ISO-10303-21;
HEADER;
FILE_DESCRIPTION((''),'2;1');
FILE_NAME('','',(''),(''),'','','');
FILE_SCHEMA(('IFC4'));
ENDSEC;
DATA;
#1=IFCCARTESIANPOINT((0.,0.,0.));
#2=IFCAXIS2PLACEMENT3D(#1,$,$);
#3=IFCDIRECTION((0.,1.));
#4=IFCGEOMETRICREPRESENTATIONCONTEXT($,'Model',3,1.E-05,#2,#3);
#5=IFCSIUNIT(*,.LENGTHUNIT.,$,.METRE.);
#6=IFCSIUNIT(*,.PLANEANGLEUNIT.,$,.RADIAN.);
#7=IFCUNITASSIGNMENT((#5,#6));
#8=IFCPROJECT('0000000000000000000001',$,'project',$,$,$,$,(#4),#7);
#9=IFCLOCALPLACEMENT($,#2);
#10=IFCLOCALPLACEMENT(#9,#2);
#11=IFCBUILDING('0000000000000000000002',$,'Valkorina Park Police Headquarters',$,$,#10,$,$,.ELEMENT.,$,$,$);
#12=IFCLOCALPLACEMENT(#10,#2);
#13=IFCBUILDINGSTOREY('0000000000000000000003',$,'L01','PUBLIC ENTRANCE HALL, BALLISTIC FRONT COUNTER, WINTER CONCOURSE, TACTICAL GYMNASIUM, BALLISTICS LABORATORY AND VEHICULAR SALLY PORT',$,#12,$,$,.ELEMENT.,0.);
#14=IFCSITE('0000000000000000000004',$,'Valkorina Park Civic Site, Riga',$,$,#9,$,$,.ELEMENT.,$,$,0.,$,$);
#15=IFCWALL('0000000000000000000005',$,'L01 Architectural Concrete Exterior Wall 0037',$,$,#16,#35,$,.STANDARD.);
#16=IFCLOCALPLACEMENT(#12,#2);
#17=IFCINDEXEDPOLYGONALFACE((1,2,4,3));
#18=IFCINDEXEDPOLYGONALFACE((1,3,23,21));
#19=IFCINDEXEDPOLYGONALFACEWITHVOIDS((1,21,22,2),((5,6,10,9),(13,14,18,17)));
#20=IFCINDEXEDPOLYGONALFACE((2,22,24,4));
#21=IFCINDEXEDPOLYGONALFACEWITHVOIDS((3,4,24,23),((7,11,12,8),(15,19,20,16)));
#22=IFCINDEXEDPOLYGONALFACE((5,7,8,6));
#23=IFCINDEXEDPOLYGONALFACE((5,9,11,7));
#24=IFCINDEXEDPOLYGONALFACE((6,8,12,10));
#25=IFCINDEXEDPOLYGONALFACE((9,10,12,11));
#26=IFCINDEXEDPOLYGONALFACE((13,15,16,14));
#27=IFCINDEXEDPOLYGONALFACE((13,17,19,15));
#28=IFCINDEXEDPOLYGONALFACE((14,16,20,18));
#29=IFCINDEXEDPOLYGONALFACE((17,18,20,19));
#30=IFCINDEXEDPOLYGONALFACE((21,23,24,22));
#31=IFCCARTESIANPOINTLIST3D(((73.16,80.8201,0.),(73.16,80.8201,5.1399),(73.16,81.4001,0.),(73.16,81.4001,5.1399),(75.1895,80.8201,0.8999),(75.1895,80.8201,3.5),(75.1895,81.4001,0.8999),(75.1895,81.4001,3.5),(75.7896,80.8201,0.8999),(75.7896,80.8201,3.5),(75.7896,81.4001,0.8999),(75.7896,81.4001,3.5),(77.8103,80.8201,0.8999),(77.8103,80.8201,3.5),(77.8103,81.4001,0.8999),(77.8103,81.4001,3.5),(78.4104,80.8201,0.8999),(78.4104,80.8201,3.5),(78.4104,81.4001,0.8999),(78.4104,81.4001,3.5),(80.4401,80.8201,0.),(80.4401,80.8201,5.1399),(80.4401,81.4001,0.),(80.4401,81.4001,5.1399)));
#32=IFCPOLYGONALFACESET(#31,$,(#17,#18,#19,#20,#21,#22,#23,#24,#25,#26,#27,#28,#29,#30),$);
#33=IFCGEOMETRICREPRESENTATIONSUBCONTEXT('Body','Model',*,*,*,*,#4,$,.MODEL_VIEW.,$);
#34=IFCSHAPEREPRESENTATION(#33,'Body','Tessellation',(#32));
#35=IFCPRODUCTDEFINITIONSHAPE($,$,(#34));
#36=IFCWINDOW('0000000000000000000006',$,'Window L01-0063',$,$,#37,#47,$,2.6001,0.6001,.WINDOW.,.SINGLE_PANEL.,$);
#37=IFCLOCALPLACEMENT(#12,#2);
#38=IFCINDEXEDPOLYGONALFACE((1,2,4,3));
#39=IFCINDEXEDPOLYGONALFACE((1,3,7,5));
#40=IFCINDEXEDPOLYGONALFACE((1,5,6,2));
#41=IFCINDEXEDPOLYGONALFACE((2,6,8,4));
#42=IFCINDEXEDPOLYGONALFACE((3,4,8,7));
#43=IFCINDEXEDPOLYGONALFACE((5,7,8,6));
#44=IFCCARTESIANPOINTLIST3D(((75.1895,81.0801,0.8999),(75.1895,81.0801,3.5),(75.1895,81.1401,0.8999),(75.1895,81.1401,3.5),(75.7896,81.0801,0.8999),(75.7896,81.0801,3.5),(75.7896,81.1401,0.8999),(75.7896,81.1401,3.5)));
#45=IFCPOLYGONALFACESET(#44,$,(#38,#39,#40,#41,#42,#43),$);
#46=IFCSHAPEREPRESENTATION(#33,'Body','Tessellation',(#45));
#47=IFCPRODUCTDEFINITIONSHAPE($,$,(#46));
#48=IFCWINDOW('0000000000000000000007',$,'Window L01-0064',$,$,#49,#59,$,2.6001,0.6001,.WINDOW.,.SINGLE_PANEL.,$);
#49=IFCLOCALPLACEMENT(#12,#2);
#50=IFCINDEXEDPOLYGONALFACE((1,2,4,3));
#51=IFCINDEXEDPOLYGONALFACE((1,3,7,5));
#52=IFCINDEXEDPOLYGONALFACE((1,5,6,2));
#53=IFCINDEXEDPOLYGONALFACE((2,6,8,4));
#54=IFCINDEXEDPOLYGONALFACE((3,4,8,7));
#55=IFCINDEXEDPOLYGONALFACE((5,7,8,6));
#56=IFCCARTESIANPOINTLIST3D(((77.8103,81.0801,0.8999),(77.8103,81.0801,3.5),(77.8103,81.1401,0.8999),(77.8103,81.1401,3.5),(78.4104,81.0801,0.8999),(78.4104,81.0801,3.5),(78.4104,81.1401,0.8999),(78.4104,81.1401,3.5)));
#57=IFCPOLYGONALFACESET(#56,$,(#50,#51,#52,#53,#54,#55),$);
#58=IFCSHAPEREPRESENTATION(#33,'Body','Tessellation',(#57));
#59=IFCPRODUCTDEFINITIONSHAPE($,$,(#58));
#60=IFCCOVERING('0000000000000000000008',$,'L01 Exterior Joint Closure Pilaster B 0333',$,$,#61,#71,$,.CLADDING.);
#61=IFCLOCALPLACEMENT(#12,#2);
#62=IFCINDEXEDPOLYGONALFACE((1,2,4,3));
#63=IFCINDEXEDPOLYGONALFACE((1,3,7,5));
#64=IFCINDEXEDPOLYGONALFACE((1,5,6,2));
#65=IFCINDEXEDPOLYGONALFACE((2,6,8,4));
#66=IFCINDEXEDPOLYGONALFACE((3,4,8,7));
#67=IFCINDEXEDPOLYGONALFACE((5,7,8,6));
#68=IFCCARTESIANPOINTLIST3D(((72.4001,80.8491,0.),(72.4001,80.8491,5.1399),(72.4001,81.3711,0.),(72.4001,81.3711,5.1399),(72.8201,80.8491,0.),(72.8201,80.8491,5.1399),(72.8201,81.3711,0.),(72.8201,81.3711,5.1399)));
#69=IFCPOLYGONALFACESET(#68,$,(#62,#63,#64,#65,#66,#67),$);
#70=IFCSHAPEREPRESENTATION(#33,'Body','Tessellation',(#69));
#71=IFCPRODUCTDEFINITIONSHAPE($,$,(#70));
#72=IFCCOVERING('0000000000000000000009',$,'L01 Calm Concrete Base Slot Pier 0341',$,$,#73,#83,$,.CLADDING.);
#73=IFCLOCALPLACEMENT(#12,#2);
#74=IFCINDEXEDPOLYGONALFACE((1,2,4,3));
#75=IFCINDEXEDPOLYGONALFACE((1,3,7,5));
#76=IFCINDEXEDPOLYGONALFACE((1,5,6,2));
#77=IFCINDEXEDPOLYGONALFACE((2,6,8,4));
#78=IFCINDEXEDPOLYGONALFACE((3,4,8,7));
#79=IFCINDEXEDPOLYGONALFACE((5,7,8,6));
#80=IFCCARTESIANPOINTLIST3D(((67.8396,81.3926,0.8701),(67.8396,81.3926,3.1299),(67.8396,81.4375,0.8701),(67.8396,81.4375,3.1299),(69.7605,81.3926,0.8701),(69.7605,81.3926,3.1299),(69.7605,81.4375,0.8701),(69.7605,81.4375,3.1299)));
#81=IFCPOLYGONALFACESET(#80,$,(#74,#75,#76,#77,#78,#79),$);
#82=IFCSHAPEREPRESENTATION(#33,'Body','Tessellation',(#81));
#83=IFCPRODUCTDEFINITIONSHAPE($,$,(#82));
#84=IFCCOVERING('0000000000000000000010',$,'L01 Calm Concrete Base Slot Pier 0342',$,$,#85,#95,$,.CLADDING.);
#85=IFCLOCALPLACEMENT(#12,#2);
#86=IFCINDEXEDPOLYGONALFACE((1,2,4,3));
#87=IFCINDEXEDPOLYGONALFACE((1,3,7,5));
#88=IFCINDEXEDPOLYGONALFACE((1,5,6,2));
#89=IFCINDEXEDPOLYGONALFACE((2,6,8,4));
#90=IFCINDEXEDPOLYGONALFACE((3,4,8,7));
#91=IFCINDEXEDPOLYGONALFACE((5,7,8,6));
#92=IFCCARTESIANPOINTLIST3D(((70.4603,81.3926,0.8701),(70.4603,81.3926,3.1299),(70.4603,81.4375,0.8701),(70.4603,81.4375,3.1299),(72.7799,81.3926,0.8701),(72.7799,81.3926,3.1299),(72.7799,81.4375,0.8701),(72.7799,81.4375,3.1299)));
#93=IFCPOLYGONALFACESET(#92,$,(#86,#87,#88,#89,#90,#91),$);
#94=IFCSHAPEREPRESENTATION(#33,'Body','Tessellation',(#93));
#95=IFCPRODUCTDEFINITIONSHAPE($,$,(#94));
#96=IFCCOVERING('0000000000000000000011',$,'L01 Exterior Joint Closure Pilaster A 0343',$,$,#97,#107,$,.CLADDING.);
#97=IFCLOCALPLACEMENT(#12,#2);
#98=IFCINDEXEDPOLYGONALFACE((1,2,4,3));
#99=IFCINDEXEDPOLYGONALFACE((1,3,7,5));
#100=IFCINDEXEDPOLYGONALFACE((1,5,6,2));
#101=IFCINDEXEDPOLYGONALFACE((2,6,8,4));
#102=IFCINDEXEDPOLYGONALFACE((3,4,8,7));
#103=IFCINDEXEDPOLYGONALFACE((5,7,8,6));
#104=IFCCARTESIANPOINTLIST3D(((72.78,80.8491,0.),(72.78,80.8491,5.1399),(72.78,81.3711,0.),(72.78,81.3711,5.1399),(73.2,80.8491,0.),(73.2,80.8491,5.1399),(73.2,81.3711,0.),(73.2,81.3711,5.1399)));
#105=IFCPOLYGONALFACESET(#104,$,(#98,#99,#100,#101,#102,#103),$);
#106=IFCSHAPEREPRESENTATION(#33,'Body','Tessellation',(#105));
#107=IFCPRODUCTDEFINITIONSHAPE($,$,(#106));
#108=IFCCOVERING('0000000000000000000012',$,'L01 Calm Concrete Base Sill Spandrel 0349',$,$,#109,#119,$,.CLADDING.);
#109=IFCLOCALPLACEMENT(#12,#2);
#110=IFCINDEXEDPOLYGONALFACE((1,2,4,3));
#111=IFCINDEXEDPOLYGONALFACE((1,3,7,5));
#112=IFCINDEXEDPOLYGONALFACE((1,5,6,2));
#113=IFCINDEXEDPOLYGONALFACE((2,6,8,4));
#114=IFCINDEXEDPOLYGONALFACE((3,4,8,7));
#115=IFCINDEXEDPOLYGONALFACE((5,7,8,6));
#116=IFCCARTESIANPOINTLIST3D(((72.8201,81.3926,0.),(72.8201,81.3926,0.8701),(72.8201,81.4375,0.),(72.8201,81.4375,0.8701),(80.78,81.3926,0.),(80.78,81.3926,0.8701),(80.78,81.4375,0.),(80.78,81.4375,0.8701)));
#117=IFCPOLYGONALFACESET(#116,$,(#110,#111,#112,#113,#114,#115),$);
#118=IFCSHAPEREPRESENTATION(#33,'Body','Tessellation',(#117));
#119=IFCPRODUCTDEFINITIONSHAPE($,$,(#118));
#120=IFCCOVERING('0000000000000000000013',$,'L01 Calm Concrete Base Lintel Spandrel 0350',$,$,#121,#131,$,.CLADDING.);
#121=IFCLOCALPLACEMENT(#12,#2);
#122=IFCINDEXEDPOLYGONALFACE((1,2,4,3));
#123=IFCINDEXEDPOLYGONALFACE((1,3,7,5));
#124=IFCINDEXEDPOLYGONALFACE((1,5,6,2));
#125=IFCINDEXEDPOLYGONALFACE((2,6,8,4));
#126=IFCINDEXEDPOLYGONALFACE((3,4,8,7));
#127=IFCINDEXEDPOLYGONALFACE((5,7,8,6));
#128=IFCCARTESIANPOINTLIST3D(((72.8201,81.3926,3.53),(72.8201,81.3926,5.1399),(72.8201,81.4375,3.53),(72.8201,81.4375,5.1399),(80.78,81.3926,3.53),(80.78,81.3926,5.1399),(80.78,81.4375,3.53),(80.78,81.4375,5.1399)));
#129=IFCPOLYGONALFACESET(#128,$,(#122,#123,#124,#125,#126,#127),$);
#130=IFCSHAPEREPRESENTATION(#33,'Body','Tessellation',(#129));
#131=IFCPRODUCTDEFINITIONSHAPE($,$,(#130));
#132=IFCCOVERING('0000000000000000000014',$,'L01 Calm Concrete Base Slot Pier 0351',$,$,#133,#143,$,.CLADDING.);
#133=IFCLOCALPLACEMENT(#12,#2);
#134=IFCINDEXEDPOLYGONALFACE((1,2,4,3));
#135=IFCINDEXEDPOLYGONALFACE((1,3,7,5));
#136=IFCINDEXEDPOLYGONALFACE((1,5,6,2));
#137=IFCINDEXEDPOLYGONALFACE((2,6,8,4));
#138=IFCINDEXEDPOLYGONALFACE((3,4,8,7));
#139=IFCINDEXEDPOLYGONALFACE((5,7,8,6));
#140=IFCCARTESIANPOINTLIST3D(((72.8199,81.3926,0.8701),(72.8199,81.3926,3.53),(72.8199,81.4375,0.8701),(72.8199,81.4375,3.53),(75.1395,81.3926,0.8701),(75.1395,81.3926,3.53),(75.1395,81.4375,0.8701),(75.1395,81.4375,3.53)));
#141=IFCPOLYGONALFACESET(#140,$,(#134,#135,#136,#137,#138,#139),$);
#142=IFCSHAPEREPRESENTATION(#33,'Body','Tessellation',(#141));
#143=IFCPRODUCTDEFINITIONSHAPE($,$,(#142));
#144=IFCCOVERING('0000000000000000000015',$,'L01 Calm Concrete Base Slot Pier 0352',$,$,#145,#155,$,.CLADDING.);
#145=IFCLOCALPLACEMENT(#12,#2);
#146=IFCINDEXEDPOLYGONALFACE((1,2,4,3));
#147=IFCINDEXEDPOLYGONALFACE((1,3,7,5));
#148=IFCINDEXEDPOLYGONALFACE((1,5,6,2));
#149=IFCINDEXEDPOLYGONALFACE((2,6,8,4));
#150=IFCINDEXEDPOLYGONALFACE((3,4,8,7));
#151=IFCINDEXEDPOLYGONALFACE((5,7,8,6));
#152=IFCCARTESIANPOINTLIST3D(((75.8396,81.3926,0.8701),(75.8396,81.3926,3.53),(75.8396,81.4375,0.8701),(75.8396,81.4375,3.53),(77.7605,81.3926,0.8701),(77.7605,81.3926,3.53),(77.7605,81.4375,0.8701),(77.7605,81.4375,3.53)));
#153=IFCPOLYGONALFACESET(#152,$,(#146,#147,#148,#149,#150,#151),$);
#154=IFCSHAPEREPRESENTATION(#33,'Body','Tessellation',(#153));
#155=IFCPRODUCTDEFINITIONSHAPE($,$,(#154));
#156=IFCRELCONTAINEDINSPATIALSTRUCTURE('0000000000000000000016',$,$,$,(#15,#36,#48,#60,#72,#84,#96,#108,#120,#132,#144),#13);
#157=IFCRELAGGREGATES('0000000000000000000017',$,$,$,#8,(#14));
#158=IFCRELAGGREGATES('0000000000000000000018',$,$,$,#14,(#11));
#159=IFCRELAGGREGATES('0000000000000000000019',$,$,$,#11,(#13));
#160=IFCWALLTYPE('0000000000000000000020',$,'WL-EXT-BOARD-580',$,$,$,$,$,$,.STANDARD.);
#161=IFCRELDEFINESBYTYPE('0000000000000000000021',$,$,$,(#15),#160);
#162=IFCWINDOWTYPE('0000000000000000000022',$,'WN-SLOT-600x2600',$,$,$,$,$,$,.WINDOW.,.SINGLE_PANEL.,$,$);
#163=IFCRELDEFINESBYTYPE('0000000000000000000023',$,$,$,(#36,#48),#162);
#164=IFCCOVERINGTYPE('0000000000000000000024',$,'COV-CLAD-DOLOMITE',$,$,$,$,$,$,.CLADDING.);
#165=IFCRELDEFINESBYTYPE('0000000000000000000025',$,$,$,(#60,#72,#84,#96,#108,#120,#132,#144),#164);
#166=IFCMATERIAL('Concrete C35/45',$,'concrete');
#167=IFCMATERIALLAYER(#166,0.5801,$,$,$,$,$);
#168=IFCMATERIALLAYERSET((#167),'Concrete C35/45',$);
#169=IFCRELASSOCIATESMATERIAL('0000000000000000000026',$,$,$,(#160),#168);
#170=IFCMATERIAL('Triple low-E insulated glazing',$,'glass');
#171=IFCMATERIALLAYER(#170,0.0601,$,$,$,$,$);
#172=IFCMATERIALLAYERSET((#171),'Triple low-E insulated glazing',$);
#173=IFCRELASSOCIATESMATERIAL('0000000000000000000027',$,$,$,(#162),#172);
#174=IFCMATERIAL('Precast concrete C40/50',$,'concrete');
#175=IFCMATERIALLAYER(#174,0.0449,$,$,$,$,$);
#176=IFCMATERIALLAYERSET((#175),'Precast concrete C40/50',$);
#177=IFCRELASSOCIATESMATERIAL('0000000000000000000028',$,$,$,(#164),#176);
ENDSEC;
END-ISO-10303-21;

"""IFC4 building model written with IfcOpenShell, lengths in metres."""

from ifc_helpers import new_model, si_unit, direction, frame, frame_2d, origin, origin_2d, place, context, subcontext, project, spatial, rectangle, extrude, material, layer, layer_set, type_object, element, fill, save


model = new_model("IFC4")

# Units and contexts
model_context = context("Model", 3, precision=1e-05, world=origin(), true_north=direction((0.0, 1.0)))
body_context = subcontext(model_context, "Body", "Model", "MODEL_VIEW")
ifc_project = project(units=[si_unit("LENGTHUNIT", "METRE"), si_unit("PLANEANGLEUNIT", "RADIAN")], contexts=[model_context])

# Site, building, storey
site_placement = place(None, origin())
site = spatial("IfcSite", under=ifc_project, at=site_placement, Name="Valkorina Park Civic Site, Riga", CompositionType="ELEMENT", RefElevation=0.0)
building_placement = place(site_placement, origin())
building = spatial("IfcBuilding", under=site, at=building_placement, Name="Valkorina Park Police Headquarters", CompositionType="ELEMENT")
storey_placement = place(building_placement, origin())
storey = spatial("IfcBuildingStorey", under=building, at=storey_placement, Name="L01", Description="PUBLIC ENTRANCE HALL, BALLISTIC FRONT COUNTER, WINTER CONCOURSE, TACTICAL GYMNASIUM, BALLISTICS LABORATORY AND VEHICULAR SALLY PORT", CompositionType="ELEMENT", Elevation=0.0)

# Wall, openings, windows
ifc_material_1 = material(Name="Concrete C35/45", Category="concrete")
ifc_layer_1 = layer(ifc_material_1, 0.5801)
ifc_layer_set_1 = layer_set([ifc_layer_1], Name="Concrete C35/45")
wall_type = type_object("IfcWallType", Name="WL-EXT-BOARD-580", PredefinedType="STANDARD", material=ifc_layer_set_1)
ifc_material_2 = material(Name="Triple low-E insulated glazing", Category="glass")
wall_1_placement = place(storey_placement, frame((73.1599, 81.1101, 0.0), z_axis=(0.0, 0.0, 1.0), x_axis=(1.0, 0.0, 0.0)))
wall_1 = element("IfcWall", 1, at=wall_1_placement, inside=storey, type_object=wall_type, Name="L01 Architectural Concrete Exterior Wall 0037", PredefinedType="STANDARD", context=body_context, shape_type="SweptSolid", body=[
    extrude(rectangle(XDim=7.28, YDim=0.5801, at=frame_2d((3.6401, 0.0))), origin(), (0.0, 0.0, 1.0), 5.1399),
])
opening_1_placement = place(wall_1_placement, frame((2.0295, 0.0, 0.8999)))
opening_1 = element("IfcOpeningElement", 2, at=opening_1_placement, cuts=wall_1, PredefinedType="OPENING", context=body_context, shape_type="SweptSolid", body=[
    extrude(rectangle(XDim=0.6001, YDim=2.6001, at=frame_2d((0.3, 1.3))), frame((0.0, 0.3, 0.0), z_axis=(0.0, -1.0, 0.0), x_axis=(1.0, 0.0, 0.0)), (0.0, 0.0, 1.0), 0.6001),
])
opening_2_placement = place(wall_1_placement, frame((4.6504, 0.0, 0.8999)))
opening_2 = element("IfcOpeningElement", 3, at=opening_2_placement, cuts=wall_1, PredefinedType="OPENING", context=body_context, shape_type="SweptSolid", body=[
    extrude(rectangle(XDim=0.6001, YDim=2.6001, at=frame_2d((0.3, 1.3))), frame((0.0, 0.3, 0.0), z_axis=(0.0, -1.0, 0.0), x_axis=(1.0, 0.0, 0.0)), (0.0, 0.0, 1.0), 0.6001),
])
ifc_layer_2 = layer(ifc_material_2, 0.0601)
ifc_layer_set_2 = layer_set([ifc_layer_2], Name="Triple low-E insulated glazing")
window_type_1 = type_object("IfcWindowType", Name="WN-SLOT-600x2600", PartitioningType="SINGLE_PANEL", PredefinedType="WINDOW", material=ifc_layer_set_2)
window_1_placement = place(opening_1_placement, origin())
window_1 = element("IfcWindow", 4, at=window_1_placement, inside=storey, type_object=window_type_1, Name="Window L01-0063", OverallHeight=2.6001, OverallWidth=0.6001, PartitioningType="SINGLE_PANEL", PredefinedType="WINDOW", context=body_context, shape_type="SweptSolid", body=[
    extrude(rectangle(XDim=0.6001, YDim=2.6001, at=frame_2d((0.3, 1.3))), frame((0.0, 0.03, 0.0), z_axis=(0.0, -1.0, 0.0), x_axis=(1.0, 0.0, 0.0)), (0.0, 0.0, 1.0), 0.0601),
])
fill(opening_1, window_1)
window_2_placement = place(opening_2_placement, origin())
window_2 = element("IfcWindow", 5, at=window_2_placement, inside=storey, type_object=window_type_1, Name="Window L01-0064", OverallHeight=2.6001, OverallWidth=0.6001, PartitioningType="SINGLE_PANEL", PredefinedType="WINDOW", context=body_context, shape_type="SweptSolid", body=[
    extrude(rectangle(XDim=0.6001, YDim=2.6001, at=frame_2d((0.3, 1.3))), frame((0.0, 0.03, 0.0), z_axis=(0.0, -1.0, 0.0), x_axis=(1.0, 0.0, 0.0)), (0.0, 0.0, 1.0), 0.0601),
])
fill(opening_2, window_2)

# Coverings
ifc_material_3 = material(Name="Precast concrete C40/50", Category="concrete")
ifc_layer_3 = layer(ifc_material_3, 0.0449)
ifc_layer_set_3 = layer_set([ifc_layer_3], Name="Precast concrete C40/50")
covering_type = type_object("IfcCoveringType", Name="COV-CLAD-DOLOMITE", PredefinedType="CLADDING", material=ifc_layer_set_3)
covering_1_placement = place(storey_placement, frame((72.6101, 81.1101, 0.0), z_axis=(0.0, 0.0, 1.0), x_axis=(1.0, 0.0, 0.0)))
element("IfcCovering", 6, at=covering_1_placement, inside=storey, type_object=covering_type, Name="L01 Exterior Joint Closure Pilaster B 0333", PredefinedType="CLADDING", context=body_context, shape_type="SweptSolid", body=[
    extrude(rectangle(XDim=0.4199, YDim=0.522, at=origin_2d()), origin(), (0.0, 0.0, 1.0), 5.1399),
])
covering_2_placement = place(storey_placement, frame((67.8396, 81.415, 0.8701), z_axis=(0.0, 0.0, 1.0), x_axis=(1.0, 0.0, 0.0)))
element("IfcCovering", 7, at=covering_2_placement, inside=storey, type_object=covering_type, Name="L01 Calm Concrete Base Slot Pier 0341", PredefinedType="CLADDING", context=body_context, shape_type="SweptSolid", body=[
    extrude(rectangle(XDim=1.9209, YDim=0.0449, at=frame_2d((0.9604, 0.0))), origin(), (0.0, 0.0, 1.0), 2.2598),
])
covering_3_placement = place(storey_placement, frame((70.4604, 81.415, 0.8701), z_axis=(0.0, 0.0, 1.0), x_axis=(1.0, 0.0, 0.0)))
element("IfcCovering", 8, at=covering_3_placement, inside=storey, type_object=covering_type, Name="L01 Calm Concrete Base Slot Pier 0342", PredefinedType="CLADDING", context=body_context, shape_type="SweptSolid", body=[
    extrude(rectangle(XDim=2.3196, YDim=0.0449, at=frame_2d((1.1597, 0.0))), origin(), (0.0, 0.0, 1.0), 2.2598),
])
covering_4_placement = place(storey_placement, frame((72.99, 81.1101, 0.0), z_axis=(0.0, 0.0, 1.0), x_axis=(1.0, 0.0, 0.0)))
element("IfcCovering", 9, at=covering_4_placement, inside=storey, type_object=covering_type, Name="L01 Exterior Joint Closure Pilaster A 0343", PredefinedType="CLADDING", context=body_context, shape_type="SweptSolid", body=[
    extrude(rectangle(XDim=0.4199, YDim=0.522, at=origin_2d()), origin(), (0.0, 0.0, 1.0), 5.1399),
])
covering_5_placement = place(storey_placement, frame((72.8201, 81.415, 0.0), z_axis=(0.0, 0.0, 1.0), x_axis=(1.0, 0.0, 0.0)))
element("IfcCovering", 10, at=covering_5_placement, inside=storey, type_object=covering_type, Name="L01 Calm Concrete Base Sill Spandrel 0349", PredefinedType="CLADDING", context=body_context, shape_type="SweptSolid", body=[
    extrude(rectangle(XDim=7.96, YDim=0.0449, at=frame_2d((3.98, 0.0))), origin(), (0.0, 0.0, 1.0), 0.8701),
])
covering_6_placement = place(storey_placement, frame((72.8201, 81.415, 3.53), z_axis=(0.0, 0.0, 1.0), x_axis=(1.0, 0.0, 0.0)))
element("IfcCovering", 11, at=covering_6_placement, inside=storey, type_object=covering_type, Name="L01 Calm Concrete Base Lintel Spandrel 0350", PredefinedType="CLADDING", context=body_context, shape_type="SweptSolid", body=[
    extrude(rectangle(XDim=7.96, YDim=0.0449, at=frame_2d((3.98, 0.0))), origin(), (0.0, 0.0, 1.0), 1.6099),
])
covering_7_placement = place(storey_placement, frame((72.8201, 81.415, 0.8701), z_axis=(0.0, 0.0, 1.0), x_axis=(1.0, 0.0, 0.0)))
element("IfcCovering", 12, at=covering_7_placement, inside=storey, type_object=covering_type, Name="L01 Calm Concrete Base Slot Pier 0351", PredefinedType="CLADDING", context=body_context, shape_type="SweptSolid", body=[
    extrude(rectangle(XDim=2.3196, YDim=0.0449, at=frame_2d((1.1597, 0.0))), origin(), (0.0, 0.0, 1.0), 2.6599),
])
covering_8_placement = place(storey_placement, frame((75.8396, 81.415, 0.8701), z_axis=(0.0, 0.0, 1.0), x_axis=(1.0, 0.0, 0.0)))
element("IfcCovering", 13, at=covering_8_placement, inside=storey, type_object=covering_type, Name="L01 Calm Concrete Base Slot Pier 0352", PredefinedType="CLADDING", context=body_context, shape_type="SweptSolid", body=[
    extrude(rectangle(XDim=1.9209, YDim=0.0449, at=frame_2d((0.9604, 0.0))), origin(), (0.0, 0.0, 1.0), 2.6599),
])

save(model, "model.ifc")
